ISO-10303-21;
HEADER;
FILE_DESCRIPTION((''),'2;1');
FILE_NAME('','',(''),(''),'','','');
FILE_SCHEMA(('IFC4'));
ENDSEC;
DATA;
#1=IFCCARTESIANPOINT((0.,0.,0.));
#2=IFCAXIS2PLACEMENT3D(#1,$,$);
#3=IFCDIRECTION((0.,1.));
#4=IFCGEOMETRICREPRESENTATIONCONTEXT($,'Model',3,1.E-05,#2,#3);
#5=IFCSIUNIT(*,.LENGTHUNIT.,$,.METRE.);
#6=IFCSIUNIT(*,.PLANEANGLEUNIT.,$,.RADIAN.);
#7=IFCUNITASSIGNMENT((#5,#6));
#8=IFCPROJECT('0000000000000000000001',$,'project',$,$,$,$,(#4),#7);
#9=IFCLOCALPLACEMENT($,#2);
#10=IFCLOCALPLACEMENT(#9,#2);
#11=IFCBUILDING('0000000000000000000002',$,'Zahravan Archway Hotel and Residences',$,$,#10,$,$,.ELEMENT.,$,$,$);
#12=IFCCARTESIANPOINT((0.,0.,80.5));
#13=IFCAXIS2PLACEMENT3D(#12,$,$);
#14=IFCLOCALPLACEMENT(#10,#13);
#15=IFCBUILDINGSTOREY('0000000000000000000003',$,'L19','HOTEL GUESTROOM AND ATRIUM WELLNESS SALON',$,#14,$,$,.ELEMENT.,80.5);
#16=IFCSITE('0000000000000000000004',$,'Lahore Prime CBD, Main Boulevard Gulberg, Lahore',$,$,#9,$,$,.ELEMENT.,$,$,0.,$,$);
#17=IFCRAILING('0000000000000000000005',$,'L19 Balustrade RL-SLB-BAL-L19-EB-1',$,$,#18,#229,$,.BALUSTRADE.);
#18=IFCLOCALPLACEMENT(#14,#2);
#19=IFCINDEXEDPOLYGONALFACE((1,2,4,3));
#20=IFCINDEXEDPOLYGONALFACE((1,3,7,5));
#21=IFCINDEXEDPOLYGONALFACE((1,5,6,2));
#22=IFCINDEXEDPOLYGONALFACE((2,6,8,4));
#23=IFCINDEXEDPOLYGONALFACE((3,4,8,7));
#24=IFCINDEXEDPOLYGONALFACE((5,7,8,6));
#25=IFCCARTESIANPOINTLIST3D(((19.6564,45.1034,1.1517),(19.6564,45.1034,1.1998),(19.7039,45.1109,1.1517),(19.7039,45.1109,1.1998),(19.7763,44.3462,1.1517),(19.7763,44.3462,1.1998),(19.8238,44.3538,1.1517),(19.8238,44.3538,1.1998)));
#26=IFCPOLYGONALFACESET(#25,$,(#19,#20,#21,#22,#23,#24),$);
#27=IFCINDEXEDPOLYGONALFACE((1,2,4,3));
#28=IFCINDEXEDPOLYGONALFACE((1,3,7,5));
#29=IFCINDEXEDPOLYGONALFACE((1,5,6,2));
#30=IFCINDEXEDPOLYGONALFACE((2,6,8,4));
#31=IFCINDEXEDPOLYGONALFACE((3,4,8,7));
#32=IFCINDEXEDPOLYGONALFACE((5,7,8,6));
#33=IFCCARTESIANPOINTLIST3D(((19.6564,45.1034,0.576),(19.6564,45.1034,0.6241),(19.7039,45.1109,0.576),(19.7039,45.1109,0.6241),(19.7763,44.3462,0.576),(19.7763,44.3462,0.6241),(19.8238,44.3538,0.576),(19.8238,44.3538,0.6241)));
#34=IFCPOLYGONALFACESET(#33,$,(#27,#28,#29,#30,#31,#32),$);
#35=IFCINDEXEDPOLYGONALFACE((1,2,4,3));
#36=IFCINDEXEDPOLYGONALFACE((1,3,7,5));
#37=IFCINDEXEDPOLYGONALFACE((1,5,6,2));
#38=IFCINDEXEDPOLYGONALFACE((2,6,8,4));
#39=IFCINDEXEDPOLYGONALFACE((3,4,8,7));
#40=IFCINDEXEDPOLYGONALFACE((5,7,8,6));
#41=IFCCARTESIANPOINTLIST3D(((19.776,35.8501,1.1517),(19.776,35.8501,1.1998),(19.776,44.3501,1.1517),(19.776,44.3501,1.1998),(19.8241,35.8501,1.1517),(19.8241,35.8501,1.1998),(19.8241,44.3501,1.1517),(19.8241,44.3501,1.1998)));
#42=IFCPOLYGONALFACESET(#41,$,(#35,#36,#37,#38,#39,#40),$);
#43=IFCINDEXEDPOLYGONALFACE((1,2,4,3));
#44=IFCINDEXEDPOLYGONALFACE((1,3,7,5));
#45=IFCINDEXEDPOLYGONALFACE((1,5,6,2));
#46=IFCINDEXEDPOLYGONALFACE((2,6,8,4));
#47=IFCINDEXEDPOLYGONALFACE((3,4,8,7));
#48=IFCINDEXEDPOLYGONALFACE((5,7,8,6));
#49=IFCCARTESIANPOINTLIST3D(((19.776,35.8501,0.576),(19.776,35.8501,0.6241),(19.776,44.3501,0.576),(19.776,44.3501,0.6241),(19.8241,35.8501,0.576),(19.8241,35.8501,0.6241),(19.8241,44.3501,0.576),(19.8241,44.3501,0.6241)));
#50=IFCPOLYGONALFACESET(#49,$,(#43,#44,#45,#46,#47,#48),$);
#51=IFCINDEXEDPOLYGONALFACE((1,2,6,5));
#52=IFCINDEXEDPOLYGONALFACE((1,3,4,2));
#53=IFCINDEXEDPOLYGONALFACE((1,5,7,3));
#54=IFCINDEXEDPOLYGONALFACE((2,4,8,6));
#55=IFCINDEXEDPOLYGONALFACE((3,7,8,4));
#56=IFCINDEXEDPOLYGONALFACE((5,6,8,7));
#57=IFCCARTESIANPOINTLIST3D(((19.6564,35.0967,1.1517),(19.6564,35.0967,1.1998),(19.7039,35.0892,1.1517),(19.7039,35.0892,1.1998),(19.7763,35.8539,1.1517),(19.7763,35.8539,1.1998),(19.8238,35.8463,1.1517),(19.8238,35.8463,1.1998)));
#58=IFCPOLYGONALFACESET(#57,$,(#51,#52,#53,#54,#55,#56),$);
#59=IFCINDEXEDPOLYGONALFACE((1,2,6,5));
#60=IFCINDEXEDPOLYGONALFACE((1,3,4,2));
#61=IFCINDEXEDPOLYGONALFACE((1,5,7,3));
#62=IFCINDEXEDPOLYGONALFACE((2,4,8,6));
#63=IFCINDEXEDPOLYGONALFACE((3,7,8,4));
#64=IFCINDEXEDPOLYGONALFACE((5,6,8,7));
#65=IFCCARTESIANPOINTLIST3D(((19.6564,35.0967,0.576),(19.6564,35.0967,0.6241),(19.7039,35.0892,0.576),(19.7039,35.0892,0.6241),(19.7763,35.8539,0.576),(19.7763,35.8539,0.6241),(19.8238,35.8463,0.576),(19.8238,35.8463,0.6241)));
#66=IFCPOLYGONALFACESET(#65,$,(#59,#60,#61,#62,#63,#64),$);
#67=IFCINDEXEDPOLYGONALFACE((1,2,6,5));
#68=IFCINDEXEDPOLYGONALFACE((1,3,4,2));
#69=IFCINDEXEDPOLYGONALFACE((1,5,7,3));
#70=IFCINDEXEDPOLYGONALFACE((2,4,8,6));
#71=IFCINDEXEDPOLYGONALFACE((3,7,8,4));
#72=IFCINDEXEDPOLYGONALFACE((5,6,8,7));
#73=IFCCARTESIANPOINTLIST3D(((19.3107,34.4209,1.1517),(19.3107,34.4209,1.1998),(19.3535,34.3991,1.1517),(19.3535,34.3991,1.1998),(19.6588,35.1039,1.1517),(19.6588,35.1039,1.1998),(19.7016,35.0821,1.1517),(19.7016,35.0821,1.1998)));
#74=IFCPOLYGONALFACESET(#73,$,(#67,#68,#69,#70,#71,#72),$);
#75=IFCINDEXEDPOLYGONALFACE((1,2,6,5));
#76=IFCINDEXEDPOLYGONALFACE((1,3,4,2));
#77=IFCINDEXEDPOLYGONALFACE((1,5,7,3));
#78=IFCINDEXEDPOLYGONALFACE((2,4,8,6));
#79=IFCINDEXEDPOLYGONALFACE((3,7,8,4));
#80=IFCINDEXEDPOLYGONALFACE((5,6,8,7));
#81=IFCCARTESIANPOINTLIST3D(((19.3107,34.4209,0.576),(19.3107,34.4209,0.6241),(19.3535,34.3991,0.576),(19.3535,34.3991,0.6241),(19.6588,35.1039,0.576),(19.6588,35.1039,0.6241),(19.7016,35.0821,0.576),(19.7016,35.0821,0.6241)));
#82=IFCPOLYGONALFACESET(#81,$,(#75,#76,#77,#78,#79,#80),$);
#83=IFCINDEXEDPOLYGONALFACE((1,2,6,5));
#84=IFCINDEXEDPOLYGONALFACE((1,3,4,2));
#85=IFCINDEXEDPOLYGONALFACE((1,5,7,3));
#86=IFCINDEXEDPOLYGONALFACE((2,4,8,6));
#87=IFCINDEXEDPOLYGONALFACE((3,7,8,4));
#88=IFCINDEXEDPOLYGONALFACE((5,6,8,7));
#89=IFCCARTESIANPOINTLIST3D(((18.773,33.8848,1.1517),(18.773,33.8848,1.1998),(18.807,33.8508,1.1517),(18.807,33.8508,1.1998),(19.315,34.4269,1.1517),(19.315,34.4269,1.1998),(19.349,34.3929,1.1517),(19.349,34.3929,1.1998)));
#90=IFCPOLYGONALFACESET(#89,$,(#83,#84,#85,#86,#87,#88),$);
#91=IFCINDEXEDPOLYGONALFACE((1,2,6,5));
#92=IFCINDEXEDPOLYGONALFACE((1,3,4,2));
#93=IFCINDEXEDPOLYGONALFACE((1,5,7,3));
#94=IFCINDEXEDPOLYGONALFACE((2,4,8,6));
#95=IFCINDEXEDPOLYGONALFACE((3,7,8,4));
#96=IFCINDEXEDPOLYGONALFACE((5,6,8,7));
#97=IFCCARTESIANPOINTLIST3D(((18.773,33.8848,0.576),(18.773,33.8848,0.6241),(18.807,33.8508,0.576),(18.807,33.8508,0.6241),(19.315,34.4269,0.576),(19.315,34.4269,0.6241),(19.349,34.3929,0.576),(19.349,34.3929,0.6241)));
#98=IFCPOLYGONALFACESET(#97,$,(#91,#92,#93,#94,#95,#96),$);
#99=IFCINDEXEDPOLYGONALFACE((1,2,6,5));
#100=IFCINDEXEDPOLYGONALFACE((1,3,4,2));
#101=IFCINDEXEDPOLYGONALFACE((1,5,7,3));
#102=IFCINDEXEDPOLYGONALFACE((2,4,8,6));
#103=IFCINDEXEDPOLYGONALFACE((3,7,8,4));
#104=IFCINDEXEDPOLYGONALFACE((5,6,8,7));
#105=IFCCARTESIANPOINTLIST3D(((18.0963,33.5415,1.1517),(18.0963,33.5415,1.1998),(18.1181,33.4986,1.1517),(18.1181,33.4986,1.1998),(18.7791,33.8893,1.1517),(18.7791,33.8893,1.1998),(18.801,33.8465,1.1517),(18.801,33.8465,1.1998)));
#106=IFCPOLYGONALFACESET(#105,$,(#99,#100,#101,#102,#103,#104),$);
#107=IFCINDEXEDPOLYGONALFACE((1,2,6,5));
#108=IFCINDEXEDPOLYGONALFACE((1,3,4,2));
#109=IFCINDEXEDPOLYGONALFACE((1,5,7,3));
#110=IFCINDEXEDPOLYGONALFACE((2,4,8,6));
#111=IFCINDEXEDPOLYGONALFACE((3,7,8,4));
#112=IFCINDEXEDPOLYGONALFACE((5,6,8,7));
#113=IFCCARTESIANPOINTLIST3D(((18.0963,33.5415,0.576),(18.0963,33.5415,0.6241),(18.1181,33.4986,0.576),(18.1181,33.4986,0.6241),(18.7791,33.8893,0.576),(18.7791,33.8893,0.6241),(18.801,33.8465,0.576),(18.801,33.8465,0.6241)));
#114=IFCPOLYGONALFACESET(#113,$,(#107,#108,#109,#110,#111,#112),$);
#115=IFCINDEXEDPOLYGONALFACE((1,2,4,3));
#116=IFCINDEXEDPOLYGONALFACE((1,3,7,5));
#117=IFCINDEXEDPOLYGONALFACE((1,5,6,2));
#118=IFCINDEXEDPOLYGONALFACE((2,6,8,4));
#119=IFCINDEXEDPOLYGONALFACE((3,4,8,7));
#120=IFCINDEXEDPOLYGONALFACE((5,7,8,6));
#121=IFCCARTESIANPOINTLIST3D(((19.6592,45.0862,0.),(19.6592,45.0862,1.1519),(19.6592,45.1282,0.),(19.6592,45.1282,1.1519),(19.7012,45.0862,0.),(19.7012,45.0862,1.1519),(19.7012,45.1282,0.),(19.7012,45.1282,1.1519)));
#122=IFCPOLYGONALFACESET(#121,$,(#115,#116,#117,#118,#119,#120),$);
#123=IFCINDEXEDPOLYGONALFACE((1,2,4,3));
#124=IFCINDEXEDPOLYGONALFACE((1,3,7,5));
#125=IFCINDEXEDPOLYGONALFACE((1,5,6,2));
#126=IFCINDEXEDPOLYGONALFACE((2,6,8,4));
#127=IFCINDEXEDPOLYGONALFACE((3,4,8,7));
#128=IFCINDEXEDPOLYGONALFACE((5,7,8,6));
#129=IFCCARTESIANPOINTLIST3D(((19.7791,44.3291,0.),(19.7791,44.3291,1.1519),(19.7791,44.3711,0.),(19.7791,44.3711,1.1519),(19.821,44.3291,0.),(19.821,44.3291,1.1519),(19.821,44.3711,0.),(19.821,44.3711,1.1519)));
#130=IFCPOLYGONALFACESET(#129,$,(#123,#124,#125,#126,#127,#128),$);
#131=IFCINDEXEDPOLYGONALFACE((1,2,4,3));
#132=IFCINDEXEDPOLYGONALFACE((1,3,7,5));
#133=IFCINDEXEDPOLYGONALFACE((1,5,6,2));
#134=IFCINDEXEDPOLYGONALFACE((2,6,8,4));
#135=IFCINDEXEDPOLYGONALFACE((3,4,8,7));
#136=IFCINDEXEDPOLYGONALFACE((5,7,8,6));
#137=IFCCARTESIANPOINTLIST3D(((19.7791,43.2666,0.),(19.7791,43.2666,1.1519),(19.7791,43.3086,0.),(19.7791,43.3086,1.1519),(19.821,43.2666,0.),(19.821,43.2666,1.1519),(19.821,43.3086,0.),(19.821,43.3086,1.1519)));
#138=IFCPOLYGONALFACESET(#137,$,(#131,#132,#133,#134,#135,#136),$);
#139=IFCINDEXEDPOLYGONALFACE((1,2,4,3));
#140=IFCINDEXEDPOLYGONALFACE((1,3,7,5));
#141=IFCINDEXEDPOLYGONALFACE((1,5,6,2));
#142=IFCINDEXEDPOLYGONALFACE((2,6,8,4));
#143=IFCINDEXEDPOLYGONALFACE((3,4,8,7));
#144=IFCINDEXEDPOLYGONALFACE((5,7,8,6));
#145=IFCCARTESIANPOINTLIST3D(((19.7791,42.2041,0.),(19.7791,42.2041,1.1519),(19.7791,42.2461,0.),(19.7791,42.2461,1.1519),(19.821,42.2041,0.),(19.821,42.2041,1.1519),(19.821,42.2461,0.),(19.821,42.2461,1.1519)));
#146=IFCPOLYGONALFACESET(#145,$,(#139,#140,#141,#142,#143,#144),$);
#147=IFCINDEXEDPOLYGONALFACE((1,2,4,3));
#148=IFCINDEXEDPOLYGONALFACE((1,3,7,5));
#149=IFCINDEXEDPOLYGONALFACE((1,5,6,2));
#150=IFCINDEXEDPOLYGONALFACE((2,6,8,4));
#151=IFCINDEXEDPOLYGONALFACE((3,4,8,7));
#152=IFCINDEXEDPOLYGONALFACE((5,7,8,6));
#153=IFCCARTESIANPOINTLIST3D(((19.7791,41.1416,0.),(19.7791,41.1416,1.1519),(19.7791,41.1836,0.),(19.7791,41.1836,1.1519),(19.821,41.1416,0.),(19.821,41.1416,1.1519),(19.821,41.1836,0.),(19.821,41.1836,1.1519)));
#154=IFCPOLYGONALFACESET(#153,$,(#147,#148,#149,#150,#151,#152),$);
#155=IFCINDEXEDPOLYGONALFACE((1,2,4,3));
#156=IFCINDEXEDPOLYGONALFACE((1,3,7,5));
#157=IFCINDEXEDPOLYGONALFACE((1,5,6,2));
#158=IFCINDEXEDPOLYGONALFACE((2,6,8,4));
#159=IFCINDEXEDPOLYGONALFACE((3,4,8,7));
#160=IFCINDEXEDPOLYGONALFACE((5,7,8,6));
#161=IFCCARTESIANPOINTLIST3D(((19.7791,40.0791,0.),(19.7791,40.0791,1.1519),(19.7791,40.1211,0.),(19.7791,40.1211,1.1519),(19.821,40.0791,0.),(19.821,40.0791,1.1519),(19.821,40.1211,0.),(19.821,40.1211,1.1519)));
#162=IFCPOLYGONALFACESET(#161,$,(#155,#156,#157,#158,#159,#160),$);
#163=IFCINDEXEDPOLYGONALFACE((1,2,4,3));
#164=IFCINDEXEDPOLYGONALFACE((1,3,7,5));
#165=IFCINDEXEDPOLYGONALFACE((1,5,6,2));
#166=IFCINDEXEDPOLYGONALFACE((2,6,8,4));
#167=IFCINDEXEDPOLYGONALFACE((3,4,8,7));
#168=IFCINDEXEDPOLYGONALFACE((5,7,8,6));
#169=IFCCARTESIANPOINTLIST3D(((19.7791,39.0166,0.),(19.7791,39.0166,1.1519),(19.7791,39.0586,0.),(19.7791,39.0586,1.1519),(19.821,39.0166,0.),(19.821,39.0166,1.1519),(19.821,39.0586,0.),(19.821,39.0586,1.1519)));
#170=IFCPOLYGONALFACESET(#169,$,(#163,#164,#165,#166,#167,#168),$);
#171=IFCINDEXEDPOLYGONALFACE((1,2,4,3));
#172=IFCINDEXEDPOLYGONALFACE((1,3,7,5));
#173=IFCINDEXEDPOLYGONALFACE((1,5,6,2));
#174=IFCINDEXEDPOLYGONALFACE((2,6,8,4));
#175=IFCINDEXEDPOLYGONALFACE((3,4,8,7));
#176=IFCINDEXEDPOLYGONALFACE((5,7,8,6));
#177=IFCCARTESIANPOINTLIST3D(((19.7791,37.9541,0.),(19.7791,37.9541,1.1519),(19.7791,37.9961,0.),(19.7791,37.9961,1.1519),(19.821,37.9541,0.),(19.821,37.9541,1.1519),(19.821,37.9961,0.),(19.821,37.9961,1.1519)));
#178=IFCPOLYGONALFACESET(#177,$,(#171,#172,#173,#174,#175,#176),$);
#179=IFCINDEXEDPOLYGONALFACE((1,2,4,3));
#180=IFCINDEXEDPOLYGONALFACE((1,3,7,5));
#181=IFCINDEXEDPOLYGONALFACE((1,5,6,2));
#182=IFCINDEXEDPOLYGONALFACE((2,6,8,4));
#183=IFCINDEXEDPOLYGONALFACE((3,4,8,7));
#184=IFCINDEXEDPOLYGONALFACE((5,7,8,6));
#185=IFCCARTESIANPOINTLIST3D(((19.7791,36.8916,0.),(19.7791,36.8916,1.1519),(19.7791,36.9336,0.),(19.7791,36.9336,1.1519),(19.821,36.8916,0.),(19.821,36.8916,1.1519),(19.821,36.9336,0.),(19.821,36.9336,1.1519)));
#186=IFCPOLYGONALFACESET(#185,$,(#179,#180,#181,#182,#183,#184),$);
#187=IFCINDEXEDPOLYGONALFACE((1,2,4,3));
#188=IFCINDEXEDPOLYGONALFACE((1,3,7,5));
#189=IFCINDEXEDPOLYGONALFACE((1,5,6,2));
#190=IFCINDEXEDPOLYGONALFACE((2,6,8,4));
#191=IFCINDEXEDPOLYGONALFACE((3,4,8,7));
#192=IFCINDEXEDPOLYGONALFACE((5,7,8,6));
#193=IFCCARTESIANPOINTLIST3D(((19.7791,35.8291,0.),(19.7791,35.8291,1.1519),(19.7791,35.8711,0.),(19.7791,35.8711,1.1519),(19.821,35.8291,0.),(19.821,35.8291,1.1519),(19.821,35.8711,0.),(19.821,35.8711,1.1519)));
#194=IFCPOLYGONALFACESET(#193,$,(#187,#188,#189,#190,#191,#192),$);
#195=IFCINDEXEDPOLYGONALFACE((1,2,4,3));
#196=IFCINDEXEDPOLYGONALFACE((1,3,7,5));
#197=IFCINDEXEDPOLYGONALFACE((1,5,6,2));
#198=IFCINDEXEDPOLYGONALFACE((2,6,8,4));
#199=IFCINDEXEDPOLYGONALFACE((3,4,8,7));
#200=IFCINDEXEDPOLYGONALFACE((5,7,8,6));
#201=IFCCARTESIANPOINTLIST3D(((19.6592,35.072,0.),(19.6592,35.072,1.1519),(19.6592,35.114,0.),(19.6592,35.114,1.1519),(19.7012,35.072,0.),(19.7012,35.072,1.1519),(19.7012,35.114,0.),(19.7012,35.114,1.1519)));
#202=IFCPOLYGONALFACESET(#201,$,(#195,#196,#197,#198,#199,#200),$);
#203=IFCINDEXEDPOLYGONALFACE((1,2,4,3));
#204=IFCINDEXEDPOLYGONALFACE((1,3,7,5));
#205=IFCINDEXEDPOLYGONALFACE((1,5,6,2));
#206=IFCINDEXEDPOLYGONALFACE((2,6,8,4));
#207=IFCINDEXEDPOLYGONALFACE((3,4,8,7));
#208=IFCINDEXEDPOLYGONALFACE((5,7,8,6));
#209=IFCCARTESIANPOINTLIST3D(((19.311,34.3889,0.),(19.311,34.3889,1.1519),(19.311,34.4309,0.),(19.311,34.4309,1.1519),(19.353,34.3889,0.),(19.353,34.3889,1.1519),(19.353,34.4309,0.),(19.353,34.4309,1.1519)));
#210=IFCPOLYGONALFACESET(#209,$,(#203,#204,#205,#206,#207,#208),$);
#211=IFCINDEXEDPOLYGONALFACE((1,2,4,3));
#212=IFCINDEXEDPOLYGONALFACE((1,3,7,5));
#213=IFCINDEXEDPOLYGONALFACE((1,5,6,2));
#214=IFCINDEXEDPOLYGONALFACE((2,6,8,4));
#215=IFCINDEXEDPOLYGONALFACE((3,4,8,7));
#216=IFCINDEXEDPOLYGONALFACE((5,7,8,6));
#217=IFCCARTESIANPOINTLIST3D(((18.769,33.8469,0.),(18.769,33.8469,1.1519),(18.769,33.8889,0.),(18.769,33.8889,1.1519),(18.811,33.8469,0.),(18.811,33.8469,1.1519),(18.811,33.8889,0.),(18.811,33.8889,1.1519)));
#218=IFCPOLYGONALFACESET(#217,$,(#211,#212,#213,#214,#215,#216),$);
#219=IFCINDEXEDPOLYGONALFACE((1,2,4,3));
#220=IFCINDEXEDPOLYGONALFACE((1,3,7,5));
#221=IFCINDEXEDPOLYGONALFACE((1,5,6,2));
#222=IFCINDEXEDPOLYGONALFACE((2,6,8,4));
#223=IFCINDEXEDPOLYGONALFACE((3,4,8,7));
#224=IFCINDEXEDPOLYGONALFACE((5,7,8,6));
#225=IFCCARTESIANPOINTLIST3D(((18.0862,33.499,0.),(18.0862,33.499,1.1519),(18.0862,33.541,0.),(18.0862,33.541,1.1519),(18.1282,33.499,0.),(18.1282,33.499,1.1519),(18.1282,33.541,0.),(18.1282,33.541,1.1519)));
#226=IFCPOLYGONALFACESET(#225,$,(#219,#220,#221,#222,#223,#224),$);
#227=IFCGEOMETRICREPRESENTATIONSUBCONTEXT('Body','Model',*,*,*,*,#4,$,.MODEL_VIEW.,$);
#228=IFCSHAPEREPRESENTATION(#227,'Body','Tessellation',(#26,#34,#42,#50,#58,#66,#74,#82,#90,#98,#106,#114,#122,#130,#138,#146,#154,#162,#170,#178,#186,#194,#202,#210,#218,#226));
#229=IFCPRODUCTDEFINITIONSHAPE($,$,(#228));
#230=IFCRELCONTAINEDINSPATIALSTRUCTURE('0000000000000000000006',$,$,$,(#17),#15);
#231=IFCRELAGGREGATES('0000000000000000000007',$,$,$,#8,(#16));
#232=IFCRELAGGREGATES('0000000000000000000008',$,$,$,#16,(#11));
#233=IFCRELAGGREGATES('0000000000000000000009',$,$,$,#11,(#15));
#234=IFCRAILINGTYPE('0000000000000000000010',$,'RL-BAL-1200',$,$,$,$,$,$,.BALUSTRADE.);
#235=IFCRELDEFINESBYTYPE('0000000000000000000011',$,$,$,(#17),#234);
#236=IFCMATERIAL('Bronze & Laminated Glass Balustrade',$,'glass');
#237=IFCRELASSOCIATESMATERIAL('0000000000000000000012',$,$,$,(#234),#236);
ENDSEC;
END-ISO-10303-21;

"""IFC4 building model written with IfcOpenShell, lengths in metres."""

from ifc_helpers import new_model, si_unit, direction, frame, origin, origin_2d, place, context, subcontext, project, spatial, rectangle, extrude, material, type_object, element, save


model = new_model("IFC4")

# Units and contexts
model_context = context("Model", 3, precision=1e-05, world=origin(), true_north=direction((0.0, 1.0)))
body_context = subcontext(model_context, "Body", "Model", "MODEL_VIEW")
ifc_project = project(units=[si_unit("LENGTHUNIT", "METRE"), si_unit("PLANEANGLEUNIT", "RADIAN")], contexts=[model_context])

# Site, building, storey
site_placement = place(None, origin())
site = spatial("IfcSite", under=ifc_project, at=site_placement, Name="Lahore Prime CBD, Main Boulevard Gulberg, Lahore", CompositionType="ELEMENT", RefElevation=0.0)
building_placement = place(site_placement, origin())
building = spatial("IfcBuilding", under=site, at=building_placement, Name="Zahravan Archway Hotel and Residences", CompositionType="ELEMENT")
storey_placement = place(building_placement, frame((0.0, 0.0, 80.5)))
storey = spatial("IfcBuildingStorey", under=building, at=storey_placement, Name="L19", Description="HOTEL GUESTROOM AND ATRIUM WELLNESS SALON", CompositionType="ELEMENT", Elevation=80.5)

# Railing
ifc_material_1 = material(Name="Bronze & Laminated Glass Balustrade", Category="glass")
railing_type = type_object("IfcRailingType", Name="RL-BAL-1200", PredefinedType="BALUSTRADE", material=ifc_material_1)
railing_placement = place(storey_placement, frame((19.6802, 45.1072, 0.0)))
element("IfcRailing", 1, at=railing_placement, inside=storey, type_object=railing_type, Name="L19 Balustrade RL-SLB-BAL-L19-EB-1", PredefinedType="BALUSTRADE", context=body_context, shape_type="SweptSolid", body=[
    extrude(rectangle(XDim=0.0481, YDim=0.0481, at=origin_2d()), frame((0.0, 0.0, 1.1758), z_axis=(0.156388, -0.987696, 0.0), x_axis=(0.987696, 0.156388, 0.0)), (0.0, 0.0, 1.0), 0.7666),
    extrude(rectangle(XDim=0.0481, YDim=0.0481, at=origin_2d()), frame((0.0, 0.0, 0.6001), z_axis=(0.156388, -0.987696, 0.0), x_axis=(0.987696, 0.156388, 0.0)), (0.0, 0.0, 1.0), 0.7666),
    extrude(rectangle(XDim=0.0481, YDim=0.0481, at=origin_2d()), frame((0.1199, -0.7571, 1.1758), z_axis=(0.0, -1.0, 0.0), x_axis=(1.0, 0.0, 0.0)), (0.0, 0.0, 1.0), 8.5),
    extrude(rectangle(XDim=0.0481, YDim=0.0481, at=origin_2d()), frame((0.1199, -0.7571, 0.6001), z_axis=(0.0, -1.0, 0.0), x_axis=(1.0, 0.0, 0.0)), (0.0, 0.0, 1.0), 8.5),
    extrude(rectangle(XDim=0.0481, YDim=0.0481, at=origin_2d()), frame((0.1199, -9.2571, 1.1758), z_axis=(-0.156388, -0.987696, 0.0), x_axis=(0.987696, -0.156388, 0.0)), (0.0, 0.0, 1.0), 0.7666),
    extrude(rectangle(XDim=0.0481, YDim=0.0481, at=origin_2d()), frame((0.1199, -9.2571, 0.6001), z_axis=(-0.156388, -0.987696, 0.0), x_axis=(0.987696, -0.156388, 0.0)), (0.0, 0.0, 1.0), 0.7666),
    extrude(rectangle(XDim=0.0481, YDim=0.0481, at=origin_2d()), frame((0.0, -10.0142, 1.1758), z_axis=(-0.454078, -0.890962, 0.0), x_axis=(0.890962, -0.454078, 0.0)), (0.0, 0.0, 1.0), 0.7666),
    extrude(rectangle(XDim=0.0481, YDim=0.0481, at=origin_2d()), frame((0.0, -10.0142, 0.6001), z_axis=(-0.454078, -0.890962, 0.0), x_axis=(0.890962, -0.454078, 0.0)), (0.0, 0.0, 1.0), 0.7666),
    extrude(rectangle(XDim=0.0481, YDim=0.0481, at=origin_2d()), frame((-0.3481, -10.6973, 1.1758), z_axis=(-0.707107, -0.707107, 0.0), x_axis=(0.707107, -0.707107, 0.0)), (0.0, 0.0, 1.0), 0.7666),
    extrude(rectangle(XDim=0.0481, YDim=0.0481, at=origin_2d()), frame((-0.3481, -10.6973, 0.6001), z_axis=(-0.707107, -0.707107, 0.0), x_axis=(0.707107, -0.707107, 0.0)), (0.0, 0.0, 1.0), 0.7666),
    extrude(rectangle(XDim=0.0481, YDim=0.0481, at=origin_2d()), frame((-0.8901, -11.2393, 1.1758), z_axis=(-0.891025, -0.453954, 0.0), x_axis=(0.453954, -0.891025, 0.0)), (0.0, 0.0, 1.0), 0.7664),
    extrude(rectangle(XDim=0.0481, YDim=0.0481, at=origin_2d()), frame((-0.8901, -11.2393, 0.6001), z_axis=(-0.891025, -0.453954, 0.0), x_axis=(0.453954, -0.891025, 0.0)), (0.0, 0.0, 1.0), 0.7664),
    extrude(rectangle(XDim=0.042, YDim=0.042, at=origin_2d()), origin(), (0.0, 0.0, 1.0), 1.1519),
    extrude(rectangle(XDim=0.042, YDim=0.042, at=origin_2d()), frame((0.1199, -0.7571, 0.0)), (0.0, 0.0, 1.0), 1.1519),
    extrude(rectangle(XDim=0.042, YDim=0.042, at=origin_2d()), frame((0.1199, -1.8196, 0.0)), (0.0, 0.0, 1.0), 1.1519),
    extrude(rectangle(XDim=0.042, YDim=0.042, at=origin_2d()), frame((0.1199, -2.8821, 0.0)), (0.0, 0.0, 1.0), 1.1519),
    extrude(rectangle(XDim=0.042, YDim=0.042, at=origin_2d()), frame((0.1199, -3.9446, 0.0)), (0.0, 0.0, 1.0), 1.1519),
    extrude(rectangle(XDim=0.042, YDim=0.042, at=origin_2d()), frame((0.1199, -5.0071, 0.0)), (0.0, 0.0, 1.0), 1.1519),
    extrude(rectangle(XDim=0.042, YDim=0.042, at=origin_2d()), frame((0.1199, -6.0696, 0.0)), (0.0, 0.0, 1.0), 1.1519),
    extrude(rectangle(XDim=0.042, YDim=0.042, at=origin_2d()), frame((0.1199, -7.1321, 0.0)), (0.0, 0.0, 1.0), 1.1519),
    extrude(rectangle(XDim=0.042, YDim=0.042, at=origin_2d()), frame((0.1199, -8.1946, 0.0)), (0.0, 0.0, 1.0), 1.1519),
    extrude(rectangle(XDim=0.042, YDim=0.042, at=origin_2d()), frame((0.1199, -9.2571, 0.0)), (0.0, 0.0, 1.0), 1.1519),
    extrude(rectangle(XDim=0.042, YDim=0.042, at=origin_2d()), frame((0.0, -10.0142, 0.0)), (0.0, 0.0, 1.0), 1.1519),
    extrude(rectangle(XDim=0.042, YDim=0.042, at=origin_2d()), frame((-0.3481, -10.6973, 0.0)), (0.0, 0.0, 1.0), 1.1519),
    extrude(rectangle(XDim=0.042, YDim=0.042, at=origin_2d()), frame((-0.8901, -11.2393, 0.0)), (0.0, 0.0, 1.0), 1.1519),
    extrude(rectangle(XDim=0.042, YDim=0.042, at=origin_2d()), frame((-1.573, -11.5872, 0.0)), (0.0, 0.0, 1.0), 1.1519),
])

save(model, "model.ifc")
